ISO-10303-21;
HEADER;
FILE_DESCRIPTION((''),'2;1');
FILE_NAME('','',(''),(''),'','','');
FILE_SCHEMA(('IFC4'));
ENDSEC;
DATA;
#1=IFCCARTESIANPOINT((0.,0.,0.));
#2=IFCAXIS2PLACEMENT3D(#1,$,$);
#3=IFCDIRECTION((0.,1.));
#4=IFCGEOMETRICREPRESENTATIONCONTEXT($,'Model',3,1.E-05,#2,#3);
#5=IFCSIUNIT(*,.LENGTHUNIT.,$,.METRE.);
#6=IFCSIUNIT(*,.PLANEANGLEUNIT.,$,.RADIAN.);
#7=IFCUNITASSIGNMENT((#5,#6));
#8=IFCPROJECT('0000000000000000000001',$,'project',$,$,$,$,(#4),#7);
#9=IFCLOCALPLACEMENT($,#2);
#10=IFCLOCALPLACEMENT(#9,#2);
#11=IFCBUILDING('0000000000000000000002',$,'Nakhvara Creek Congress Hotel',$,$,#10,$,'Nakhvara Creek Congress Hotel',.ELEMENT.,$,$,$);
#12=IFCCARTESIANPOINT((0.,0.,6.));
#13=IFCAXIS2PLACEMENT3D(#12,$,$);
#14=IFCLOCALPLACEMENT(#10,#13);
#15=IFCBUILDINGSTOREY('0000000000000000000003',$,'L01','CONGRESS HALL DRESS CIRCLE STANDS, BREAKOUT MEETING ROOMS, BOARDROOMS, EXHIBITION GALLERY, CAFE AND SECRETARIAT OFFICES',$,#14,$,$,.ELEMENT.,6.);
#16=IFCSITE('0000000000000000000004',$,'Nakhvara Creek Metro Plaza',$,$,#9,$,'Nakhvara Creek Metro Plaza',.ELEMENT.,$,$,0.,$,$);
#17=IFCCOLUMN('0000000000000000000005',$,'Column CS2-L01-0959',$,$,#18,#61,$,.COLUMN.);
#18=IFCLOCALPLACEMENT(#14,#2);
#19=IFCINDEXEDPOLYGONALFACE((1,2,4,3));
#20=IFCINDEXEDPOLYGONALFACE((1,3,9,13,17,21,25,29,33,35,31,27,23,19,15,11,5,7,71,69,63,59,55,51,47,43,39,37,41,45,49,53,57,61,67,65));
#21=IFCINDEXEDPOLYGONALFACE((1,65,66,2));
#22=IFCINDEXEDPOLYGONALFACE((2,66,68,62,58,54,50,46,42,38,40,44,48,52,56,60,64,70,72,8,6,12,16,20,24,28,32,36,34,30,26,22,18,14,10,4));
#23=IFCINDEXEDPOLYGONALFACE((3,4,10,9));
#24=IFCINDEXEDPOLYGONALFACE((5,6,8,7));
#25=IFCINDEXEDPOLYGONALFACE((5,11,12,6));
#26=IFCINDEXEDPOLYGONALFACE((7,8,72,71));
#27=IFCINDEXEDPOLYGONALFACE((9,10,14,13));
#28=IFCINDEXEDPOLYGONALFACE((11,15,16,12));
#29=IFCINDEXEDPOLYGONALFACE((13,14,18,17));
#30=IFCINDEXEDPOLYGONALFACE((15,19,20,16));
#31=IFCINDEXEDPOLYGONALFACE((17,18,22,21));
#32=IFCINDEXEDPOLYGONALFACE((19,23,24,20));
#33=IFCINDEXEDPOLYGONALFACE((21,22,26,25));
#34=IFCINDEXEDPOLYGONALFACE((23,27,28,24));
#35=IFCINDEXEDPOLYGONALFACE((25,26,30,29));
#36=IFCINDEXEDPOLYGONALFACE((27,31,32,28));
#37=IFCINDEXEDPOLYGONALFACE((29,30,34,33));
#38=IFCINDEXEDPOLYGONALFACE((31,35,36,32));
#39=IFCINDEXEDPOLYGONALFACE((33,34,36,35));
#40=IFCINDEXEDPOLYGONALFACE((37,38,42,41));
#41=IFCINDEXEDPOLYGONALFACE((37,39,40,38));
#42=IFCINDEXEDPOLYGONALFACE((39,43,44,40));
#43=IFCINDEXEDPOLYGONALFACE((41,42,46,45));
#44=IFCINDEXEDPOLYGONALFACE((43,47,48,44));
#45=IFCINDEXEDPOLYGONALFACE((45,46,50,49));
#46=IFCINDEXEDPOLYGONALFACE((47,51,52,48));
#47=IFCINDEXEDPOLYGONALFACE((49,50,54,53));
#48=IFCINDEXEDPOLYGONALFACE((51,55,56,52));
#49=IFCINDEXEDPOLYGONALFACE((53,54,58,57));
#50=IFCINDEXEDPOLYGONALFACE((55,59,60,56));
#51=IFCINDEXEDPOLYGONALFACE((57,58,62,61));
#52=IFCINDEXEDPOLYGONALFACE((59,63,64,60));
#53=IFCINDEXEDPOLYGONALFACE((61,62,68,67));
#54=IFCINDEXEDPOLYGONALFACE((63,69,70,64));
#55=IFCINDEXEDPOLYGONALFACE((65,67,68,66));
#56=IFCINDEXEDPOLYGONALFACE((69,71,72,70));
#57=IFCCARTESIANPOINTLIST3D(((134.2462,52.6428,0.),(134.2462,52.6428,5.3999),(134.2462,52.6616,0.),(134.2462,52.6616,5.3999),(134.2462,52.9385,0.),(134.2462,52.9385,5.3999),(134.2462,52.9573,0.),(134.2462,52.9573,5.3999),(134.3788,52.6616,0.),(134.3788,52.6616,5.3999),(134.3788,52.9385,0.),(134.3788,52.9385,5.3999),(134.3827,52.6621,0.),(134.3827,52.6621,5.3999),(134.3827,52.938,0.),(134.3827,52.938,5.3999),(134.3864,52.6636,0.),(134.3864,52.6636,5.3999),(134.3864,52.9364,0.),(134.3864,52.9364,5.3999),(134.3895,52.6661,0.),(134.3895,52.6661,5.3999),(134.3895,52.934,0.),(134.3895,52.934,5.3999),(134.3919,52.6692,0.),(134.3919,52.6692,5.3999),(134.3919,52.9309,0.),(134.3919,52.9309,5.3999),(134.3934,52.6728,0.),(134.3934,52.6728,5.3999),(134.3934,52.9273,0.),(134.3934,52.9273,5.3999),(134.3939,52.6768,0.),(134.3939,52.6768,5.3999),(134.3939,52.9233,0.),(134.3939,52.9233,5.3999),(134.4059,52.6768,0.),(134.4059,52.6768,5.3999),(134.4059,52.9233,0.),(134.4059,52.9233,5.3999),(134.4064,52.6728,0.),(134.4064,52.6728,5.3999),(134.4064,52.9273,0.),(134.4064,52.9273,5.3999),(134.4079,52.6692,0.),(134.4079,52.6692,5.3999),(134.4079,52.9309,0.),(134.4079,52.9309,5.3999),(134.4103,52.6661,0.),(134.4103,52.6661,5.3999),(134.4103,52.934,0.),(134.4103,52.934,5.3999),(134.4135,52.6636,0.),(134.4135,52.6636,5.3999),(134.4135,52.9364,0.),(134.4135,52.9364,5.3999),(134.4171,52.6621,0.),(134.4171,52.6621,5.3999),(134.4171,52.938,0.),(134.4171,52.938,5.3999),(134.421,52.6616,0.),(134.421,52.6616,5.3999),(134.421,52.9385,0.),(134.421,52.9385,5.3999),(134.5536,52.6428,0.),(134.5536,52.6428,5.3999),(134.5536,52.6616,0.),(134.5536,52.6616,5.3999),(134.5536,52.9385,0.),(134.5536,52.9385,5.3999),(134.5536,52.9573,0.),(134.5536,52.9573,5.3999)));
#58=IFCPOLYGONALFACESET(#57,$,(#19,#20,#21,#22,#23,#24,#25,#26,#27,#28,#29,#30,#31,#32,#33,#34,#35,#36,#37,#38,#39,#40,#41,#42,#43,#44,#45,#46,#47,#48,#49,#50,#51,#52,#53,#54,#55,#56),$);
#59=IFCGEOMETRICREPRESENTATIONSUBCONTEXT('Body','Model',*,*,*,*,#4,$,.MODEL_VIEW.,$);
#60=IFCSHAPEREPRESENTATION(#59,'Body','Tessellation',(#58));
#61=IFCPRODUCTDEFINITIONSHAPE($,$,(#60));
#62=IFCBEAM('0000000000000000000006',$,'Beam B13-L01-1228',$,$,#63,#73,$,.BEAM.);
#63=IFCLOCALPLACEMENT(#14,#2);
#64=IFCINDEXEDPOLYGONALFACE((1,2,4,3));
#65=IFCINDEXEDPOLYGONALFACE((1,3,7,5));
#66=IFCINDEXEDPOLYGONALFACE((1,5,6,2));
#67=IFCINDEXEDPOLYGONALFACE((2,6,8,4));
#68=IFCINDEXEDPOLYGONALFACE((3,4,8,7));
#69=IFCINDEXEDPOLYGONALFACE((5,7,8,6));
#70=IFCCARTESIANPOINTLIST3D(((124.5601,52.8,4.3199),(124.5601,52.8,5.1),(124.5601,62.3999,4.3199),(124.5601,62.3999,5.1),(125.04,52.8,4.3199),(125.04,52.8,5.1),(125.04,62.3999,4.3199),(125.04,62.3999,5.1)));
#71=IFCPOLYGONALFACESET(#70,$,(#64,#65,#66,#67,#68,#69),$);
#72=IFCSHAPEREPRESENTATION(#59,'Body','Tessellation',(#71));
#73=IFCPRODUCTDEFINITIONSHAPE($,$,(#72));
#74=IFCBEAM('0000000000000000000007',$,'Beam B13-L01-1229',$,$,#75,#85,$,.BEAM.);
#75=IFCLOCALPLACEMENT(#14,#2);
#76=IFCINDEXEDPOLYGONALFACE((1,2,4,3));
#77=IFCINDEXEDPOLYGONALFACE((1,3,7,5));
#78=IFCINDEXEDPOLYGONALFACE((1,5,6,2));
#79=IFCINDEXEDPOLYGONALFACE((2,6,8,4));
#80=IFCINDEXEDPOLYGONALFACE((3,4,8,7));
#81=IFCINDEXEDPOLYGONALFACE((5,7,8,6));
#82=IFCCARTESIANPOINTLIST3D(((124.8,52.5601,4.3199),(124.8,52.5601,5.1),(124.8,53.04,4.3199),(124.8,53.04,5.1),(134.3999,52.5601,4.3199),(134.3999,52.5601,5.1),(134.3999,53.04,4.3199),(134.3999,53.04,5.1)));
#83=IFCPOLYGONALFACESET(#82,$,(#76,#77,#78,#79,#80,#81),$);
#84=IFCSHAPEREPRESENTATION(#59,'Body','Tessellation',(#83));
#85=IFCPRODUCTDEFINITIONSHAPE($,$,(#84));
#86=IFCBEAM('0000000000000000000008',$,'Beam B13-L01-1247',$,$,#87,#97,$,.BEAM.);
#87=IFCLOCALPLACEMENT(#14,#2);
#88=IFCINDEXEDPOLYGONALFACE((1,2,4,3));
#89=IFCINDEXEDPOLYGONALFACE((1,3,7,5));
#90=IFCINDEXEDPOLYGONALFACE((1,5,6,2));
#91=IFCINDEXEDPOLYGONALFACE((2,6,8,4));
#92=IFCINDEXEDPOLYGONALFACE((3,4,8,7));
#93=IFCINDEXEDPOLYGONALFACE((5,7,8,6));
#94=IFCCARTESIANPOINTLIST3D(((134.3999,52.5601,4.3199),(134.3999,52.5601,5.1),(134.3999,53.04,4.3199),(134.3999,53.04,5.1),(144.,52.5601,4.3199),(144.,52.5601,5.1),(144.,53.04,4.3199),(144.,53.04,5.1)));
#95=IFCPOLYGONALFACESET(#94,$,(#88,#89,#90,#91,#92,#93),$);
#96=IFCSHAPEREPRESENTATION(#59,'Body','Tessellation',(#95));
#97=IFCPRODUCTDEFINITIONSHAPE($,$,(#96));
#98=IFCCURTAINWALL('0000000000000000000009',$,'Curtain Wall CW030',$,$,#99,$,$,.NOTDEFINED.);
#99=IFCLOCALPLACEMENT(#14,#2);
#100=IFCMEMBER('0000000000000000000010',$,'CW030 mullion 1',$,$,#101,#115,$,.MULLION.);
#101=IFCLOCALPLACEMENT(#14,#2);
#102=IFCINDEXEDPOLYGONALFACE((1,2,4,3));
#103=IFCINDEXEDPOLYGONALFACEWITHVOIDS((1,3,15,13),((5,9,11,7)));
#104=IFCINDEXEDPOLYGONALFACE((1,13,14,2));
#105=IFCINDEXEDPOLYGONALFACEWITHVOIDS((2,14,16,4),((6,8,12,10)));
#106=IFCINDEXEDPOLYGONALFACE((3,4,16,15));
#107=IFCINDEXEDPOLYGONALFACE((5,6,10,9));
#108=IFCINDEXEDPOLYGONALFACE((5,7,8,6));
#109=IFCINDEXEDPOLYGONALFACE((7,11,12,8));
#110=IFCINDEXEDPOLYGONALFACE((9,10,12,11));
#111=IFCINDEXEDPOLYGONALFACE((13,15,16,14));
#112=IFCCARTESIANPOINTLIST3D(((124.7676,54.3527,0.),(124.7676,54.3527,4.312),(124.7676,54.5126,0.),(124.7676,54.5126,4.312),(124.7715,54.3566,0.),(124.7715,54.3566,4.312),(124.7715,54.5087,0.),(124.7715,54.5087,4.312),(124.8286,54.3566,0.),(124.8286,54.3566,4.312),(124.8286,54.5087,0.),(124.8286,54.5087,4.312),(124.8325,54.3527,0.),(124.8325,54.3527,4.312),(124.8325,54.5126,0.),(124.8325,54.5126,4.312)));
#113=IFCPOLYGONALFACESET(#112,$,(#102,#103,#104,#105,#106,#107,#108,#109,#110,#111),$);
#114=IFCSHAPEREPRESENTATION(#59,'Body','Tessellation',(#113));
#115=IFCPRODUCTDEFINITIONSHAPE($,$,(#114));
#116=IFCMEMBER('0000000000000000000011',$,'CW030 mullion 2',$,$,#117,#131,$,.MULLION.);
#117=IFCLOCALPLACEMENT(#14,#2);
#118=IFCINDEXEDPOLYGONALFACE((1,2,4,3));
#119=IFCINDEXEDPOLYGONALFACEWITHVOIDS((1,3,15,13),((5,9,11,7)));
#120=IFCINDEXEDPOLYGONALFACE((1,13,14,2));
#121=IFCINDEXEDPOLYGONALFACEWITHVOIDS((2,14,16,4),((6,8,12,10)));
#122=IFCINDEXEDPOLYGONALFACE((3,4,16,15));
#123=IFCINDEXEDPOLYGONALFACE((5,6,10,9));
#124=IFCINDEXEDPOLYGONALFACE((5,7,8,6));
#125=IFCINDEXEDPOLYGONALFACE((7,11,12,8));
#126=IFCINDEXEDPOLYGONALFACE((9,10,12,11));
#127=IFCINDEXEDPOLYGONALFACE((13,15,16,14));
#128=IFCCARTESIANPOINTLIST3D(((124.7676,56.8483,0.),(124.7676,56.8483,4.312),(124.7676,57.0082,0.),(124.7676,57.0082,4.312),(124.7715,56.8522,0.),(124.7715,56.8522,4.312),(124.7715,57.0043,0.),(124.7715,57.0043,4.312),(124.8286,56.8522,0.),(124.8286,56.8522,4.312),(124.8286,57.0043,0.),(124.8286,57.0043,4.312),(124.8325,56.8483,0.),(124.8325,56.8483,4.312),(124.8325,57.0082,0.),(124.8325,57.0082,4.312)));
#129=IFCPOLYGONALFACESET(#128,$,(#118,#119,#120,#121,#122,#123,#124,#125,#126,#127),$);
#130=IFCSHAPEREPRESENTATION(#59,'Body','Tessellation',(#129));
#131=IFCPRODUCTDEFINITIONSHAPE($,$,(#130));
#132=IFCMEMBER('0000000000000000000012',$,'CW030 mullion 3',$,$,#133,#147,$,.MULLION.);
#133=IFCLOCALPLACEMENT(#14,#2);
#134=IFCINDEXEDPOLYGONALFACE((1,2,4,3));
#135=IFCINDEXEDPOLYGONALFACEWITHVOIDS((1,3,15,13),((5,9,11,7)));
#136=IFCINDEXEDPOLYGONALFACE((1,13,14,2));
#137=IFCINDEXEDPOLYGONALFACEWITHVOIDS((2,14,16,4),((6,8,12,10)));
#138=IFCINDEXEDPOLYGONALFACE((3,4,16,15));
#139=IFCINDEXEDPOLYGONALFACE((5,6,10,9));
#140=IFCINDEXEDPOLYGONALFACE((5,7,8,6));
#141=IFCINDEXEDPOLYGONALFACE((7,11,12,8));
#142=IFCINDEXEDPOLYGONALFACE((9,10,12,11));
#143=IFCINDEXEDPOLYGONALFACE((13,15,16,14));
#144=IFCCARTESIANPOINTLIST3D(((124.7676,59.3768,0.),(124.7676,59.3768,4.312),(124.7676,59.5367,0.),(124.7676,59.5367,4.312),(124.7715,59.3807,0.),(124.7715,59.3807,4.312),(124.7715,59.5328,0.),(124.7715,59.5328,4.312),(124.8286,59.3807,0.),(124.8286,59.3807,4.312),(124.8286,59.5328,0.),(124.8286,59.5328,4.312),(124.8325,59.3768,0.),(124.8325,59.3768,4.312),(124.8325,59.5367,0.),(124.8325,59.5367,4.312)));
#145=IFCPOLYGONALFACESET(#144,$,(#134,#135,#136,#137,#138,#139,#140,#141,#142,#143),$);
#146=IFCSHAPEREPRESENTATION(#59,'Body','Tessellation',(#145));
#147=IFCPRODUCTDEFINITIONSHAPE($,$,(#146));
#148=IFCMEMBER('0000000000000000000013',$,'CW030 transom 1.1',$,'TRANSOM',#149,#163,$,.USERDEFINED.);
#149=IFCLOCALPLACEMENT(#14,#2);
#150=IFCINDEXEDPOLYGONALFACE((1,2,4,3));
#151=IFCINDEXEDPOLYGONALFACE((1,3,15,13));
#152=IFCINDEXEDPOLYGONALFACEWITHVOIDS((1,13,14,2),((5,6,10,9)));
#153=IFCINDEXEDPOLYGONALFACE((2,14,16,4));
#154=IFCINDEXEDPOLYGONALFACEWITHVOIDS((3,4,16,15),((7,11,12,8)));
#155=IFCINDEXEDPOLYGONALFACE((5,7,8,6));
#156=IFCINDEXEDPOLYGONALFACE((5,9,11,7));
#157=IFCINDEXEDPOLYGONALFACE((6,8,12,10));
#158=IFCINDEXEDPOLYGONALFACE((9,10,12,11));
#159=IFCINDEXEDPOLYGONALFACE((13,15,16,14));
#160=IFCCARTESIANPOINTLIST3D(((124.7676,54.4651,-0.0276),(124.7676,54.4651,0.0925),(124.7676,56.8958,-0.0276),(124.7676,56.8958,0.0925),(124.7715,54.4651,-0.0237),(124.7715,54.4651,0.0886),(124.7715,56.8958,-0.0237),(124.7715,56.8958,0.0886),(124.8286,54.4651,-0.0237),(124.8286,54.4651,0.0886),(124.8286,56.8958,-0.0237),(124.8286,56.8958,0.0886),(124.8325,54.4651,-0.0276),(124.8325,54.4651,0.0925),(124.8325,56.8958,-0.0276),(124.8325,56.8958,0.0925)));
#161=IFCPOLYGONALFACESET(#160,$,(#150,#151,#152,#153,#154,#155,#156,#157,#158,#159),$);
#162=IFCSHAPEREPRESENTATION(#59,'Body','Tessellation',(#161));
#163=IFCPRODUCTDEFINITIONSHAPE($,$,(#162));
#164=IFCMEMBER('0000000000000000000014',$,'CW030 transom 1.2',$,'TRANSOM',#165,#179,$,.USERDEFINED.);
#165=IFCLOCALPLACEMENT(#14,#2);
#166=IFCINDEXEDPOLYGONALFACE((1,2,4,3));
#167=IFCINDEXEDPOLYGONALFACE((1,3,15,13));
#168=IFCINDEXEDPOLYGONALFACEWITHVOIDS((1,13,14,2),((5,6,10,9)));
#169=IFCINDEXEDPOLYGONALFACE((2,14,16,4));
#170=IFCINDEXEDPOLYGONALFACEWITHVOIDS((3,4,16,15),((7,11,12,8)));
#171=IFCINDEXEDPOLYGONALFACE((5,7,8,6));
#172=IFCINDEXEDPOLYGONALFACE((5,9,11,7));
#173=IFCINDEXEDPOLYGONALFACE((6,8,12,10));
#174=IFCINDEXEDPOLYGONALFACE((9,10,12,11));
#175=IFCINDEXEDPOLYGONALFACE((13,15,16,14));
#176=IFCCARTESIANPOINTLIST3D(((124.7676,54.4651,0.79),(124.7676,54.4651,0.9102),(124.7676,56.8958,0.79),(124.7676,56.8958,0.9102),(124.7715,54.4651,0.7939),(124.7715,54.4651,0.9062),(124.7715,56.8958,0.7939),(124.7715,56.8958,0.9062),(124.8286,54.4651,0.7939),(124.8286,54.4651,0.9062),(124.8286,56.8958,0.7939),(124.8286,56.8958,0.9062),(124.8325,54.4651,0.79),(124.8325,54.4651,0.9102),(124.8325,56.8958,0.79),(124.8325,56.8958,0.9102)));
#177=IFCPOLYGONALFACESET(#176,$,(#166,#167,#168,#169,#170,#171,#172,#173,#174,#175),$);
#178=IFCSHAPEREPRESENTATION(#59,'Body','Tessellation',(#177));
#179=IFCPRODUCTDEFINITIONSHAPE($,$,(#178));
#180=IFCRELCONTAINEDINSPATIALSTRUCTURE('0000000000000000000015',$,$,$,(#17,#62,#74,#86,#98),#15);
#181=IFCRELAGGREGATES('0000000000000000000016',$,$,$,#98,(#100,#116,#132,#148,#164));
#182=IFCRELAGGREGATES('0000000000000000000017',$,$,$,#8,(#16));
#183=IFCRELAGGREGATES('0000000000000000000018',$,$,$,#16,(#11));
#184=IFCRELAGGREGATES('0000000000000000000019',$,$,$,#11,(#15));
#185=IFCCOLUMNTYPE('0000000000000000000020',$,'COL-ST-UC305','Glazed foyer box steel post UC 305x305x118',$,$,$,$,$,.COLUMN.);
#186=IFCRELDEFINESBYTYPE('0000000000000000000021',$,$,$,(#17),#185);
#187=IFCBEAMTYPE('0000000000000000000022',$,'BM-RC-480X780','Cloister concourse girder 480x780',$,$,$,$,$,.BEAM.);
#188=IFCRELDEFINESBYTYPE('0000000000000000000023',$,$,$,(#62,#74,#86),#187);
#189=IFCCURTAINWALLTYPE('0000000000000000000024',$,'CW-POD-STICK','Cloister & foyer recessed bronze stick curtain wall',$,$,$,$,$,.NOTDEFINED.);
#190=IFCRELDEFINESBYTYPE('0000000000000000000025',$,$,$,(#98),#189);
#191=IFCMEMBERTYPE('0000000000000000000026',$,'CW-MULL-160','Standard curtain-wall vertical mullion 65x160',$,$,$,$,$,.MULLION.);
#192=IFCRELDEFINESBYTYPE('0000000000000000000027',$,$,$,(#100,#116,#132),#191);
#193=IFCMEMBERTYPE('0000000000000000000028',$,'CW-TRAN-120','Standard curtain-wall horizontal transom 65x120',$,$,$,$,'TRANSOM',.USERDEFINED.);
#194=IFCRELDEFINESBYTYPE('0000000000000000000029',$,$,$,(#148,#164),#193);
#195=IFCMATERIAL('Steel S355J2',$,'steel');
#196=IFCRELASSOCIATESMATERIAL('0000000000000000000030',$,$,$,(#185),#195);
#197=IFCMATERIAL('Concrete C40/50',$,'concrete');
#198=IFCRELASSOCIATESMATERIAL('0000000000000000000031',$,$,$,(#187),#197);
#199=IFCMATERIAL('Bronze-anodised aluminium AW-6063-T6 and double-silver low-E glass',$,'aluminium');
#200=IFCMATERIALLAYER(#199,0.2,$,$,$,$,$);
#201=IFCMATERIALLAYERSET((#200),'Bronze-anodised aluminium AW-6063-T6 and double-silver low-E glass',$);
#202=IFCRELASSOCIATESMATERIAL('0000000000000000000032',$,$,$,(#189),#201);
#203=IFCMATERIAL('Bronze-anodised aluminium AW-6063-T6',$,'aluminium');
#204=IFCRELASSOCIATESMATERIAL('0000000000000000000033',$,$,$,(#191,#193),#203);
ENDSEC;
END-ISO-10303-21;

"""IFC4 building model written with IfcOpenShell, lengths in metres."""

from ifc_helpers import new_model, si_unit, direction, frame, origin, origin_2d, place, context, subcontext, project, spatial, rectangle, hollow_rectangle, i_section, extrude, material, layer, layer_set, material_profile, profile_set, type_object, element, aggregate, save


model = new_model("IFC4")

# Units and contexts
model_context = context("Model", 3, precision=1e-05, world=origin(), true_north=direction((0.0, 1.0)))
body_context = subcontext(model_context, "Body", "Model", "MODEL_VIEW")
ifc_project = project(units=[si_unit("LENGTHUNIT", "METRE"), si_unit("PLANEANGLEUNIT", "RADIAN")], contexts=[model_context])

# Site, building, storey
site_placement = place(None, origin())
site = spatial("IfcSite", under=ifc_project, at=site_placement, Name="Nakhvara Creek Metro Plaza", LongName="Nakhvara Creek Metro Plaza", CompositionType="ELEMENT", RefElevation=0.0)
building_placement = place(site_placement, origin())
building = spatial("IfcBuilding", under=site, at=building_placement, Name="Nakhvara Creek Congress Hotel", LongName="Nakhvara Creek Congress Hotel", CompositionType="ELEMENT")
storey_placement = place(building_placement, frame((0.0, 0.0, 6.0)))
storey = spatial("IfcBuildingStorey", under=building, at=storey_placement, Name="L01", Description="CONGRESS HALL DRESS CIRCLE STANDS, BREAKOUT MEETING ROOMS, BOARDROOMS, EXHIBITION GALLERY, CAFE AND SECRETARIAT OFFICES", CompositionType="ELEMENT", Elevation=6.0)

# Column
ifc_material_1 = material(Name="Steel S355J2", Category="steel")
ifc_material_profile_1 = material_profile(ifc_material_1, i_section(OverallWidth=0.3074, OverallDepth=0.3145, WebThickness=0.012, FlangeThickness=0.0188, FilletRadius=0.0151, at=origin_2d()), Name="UC 305x305x118", Category="LoadBearing")
ifc_profile_set_1 = profile_set([ifc_material_profile_1], Name="Steel S355J2")
column_type = type_object("IfcColumnType", Name="COL-ST-UC305", Description="Glazed foyer box steel post UC 305x305x118", PredefinedType="COLUMN", material=ifc_profile_set_1)
column_placement = place(storey_placement, frame((134.3999, 52.8, 0.0), z_axis=(0.0, 0.0, 1.0), x_axis=(1.0, 0.0, 0.0)))
element("IfcColumn", 1, at=column_placement, inside=storey, type_object=column_type, Name="Column CS2-L01-0959", PredefinedType="COLUMN", context=body_context, shape_type="SweptSolid", body=[
    extrude(i_section(OverallWidth=0.3074, OverallDepth=0.3145, WebThickness=0.012, FlangeThickness=0.0188, FilletRadius=0.0151, at=origin_2d()), origin(), (0.0, 0.0, 1.0), 5.3999),
])

# Beams
ifc_material_2 = material(Name="Concrete C40/50", Category="concrete")
ifc_material_profile_2 = material_profile(ifc_material_2, rectangle(XDim=0.48, YDim=0.78, at=origin_2d()), Name="RC-BM 480x780", Category="LoadBearing")
ifc_profile_set_2 = profile_set([ifc_material_profile_2], Name="Concrete C40/50")
beam_type = type_object("IfcBeamType", Name="BM-RC-480X780", Description="Cloister concourse girder 480x780", PredefinedType="BEAM", material=ifc_profile_set_2)
for number, where, z_axis, x_axis, name in (
    (2, (124.8, 52.8, 4.71), (0.0, 1.0, 0.0), (-1.0, 0.0, 0.0), "Beam B13-L01-1228"),
    (3, (124.8, 52.8, 4.71), (1.0, 0.0, 0.0), (0.0, 1.0, 0.0), "Beam B13-L01-1229"),
):
    element("IfcBeam", number, at=place(storey_placement, frame(where, z_axis=z_axis, x_axis=x_axis)), inside=storey, type_object=beam_type, Name=name, PredefinedType="BEAM", context=body_context, shape_type="SweptSolid", body=[
        extrude(rectangle(XDim=0.48, YDim=0.78, at=origin_2d()), origin(), (0.0, 0.0, 1.0), 9.5999),
    ])
beam_placement = place(storey_placement, frame((134.3999, 52.8, 4.71), z_axis=(1.0, 0.0, 0.0), x_axis=(0.0, 1.0, 0.0)))
element("IfcBeam", 4, at=beam_placement, inside=storey, type_object=beam_type, Name="Beam B13-L01-1247", PredefinedType="BEAM", context=body_context, shape_type="SweptSolid", body=[
    extrude(rectangle(XDim=0.48, YDim=0.78, at=origin_2d()), origin(), (0.0, 0.0, 1.0), 9.6001),
])

# Curtain wall, members
ifc_material_3 = material(Name="Bronze-anodised aluminium AW-6063-T6 and double-silver low-E glass", Category="aluminium")
ifc_layer = layer(ifc_material_3, 0.2)
ifc_layer_set = layer_set([ifc_layer], Name="Bronze-anodised aluminium AW-6063-T6 and double-silver low-E glass")
curtain_wall_type = type_object("IfcCurtainWallType", Name="CW-POD-STICK", Description="Cloister & foyer recessed bronze stick curtain wall", PredefinedType="NOTDEFINED", material=ifc_layer_set)
curtain_wall_placement = place(storey_placement, origin())
curtain_wall = element("IfcCurtainWall", 5, at=curtain_wall_placement, inside=storey, type_object=curtain_wall_type, Name="Curtain Wall CW030", PredefinedType="NOTDEFINED")
ifc_material_4 = material(Name="Bronze-anodised aluminium AW-6063-T6", Category="aluminium")
ifc_material_profile_3 = material_profile(ifc_material_4, hollow_rectangle(XDim=0.0649, YDim=0.1599, WallThickness=0.0039, at=origin_2d()), Name="ALU-MULL 65x160x4", Category="LoadBearing")
ifc_profile_set_3 = profile_set([ifc_material_profile_3], Name="Bronze-anodised aluminium AW-6063-T6")
member_type_1 = type_object("IfcMemberType", Name="CW-MULL-160", Description="Standard curtain-wall vertical mullion 65x160", PredefinedType="MULLION", material=ifc_profile_set_3)
member_1_placement = place(storey_placement, frame((124.8, 54.4326, 0.0), z_axis=(0.0, 0.0, 1.0), x_axis=(-1.0, 0.0, 0.0)))
member_1 = element("IfcMember", 6, at=member_1_placement, type_object=member_type_1, Name="CW030 mullion 1", PredefinedType="MULLION", context=body_context, shape_type="SweptSolid", body=[
    extrude(hollow_rectangle(XDim=0.0649, YDim=0.1599, WallThickness=0.0039, at=origin_2d()), origin(), (0.0, 0.0, 1.0), 4.312),
])
member_2_placement = place(storey_placement, frame((124.8, 56.9282, 0.0), z_axis=(0.0, 0.0, 1.0), x_axis=(-1.0, 0.0, 0.0)))
member_2 = element("IfcMember", 7, at=member_2_placement, type_object=member_type_1, Name="CW030 mullion 2", PredefinedType="MULLION", context=body_context, shape_type="SweptSolid", body=[
    extrude(hollow_rectangle(XDim=0.0649, YDim=0.1599, WallThickness=0.0039, at=origin_2d()), origin(), (0.0, 0.0, 1.0), 4.312),
])
member_3_placement = place(storey_placement, frame((124.8, 59.4568, 0.0), z_axis=(0.0, 0.0, 1.0), x_axis=(-1.0, 0.0, 0.0)))
member_3 = element("IfcMember", 8, at=member_3_placement, type_object=member_type_1, Name="CW030 mullion 3", PredefinedType="MULLION", context=body_context, shape_type="SweptSolid", body=[
    extrude(hollow_rectangle(XDim=0.0649, YDim=0.1599, WallThickness=0.0039, at=origin_2d()), origin(), (0.0, 0.0, 1.0), 4.312),
])
ifc_material_profile_4 = material_profile(ifc_material_4, hollow_rectangle(XDim=0.0649, YDim=0.1201, WallThickness=0.0039, at=origin_2d()), Name="ALU-TRAN 65x120x4", Category="LoadBearing")
ifc_profile_set_4 = profile_set([ifc_material_profile_4], Name="Bronze-anodised aluminium AW-6063-T6")
member_type_2 = type_object("IfcMemberType", Name="CW-TRAN-120", Description="Standard curtain-wall horizontal transom 65x120", ElementType="TRANSOM", PredefinedType="USERDEFINED", material=ifc_profile_set_4)
member_4_placement = place(storey_placement, frame((124.8, 54.4651, 0.0325), z_axis=(0.0, 1.0, 0.0), x_axis=(-1.0, 0.0, 0.0)))
member_4 = element("IfcMember", 9, at=member_4_placement, type_object=member_type_2, Name="CW030 transom 1.1", ObjectType="TRANSOM", PredefinedType="USERDEFINED", context=body_context, shape_type="SweptSolid", body=[
    extrude(hollow_rectangle(XDim=0.0649, YDim=0.1201, WallThickness=0.0039, at=origin_2d()), origin(), (0.0, 0.0, 1.0), 2.4307),
])
member_5_placement = place(storey_placement, frame((124.8, 54.4651, 0.8501), z_axis=(0.0, 1.0, 0.0), x_axis=(-1.0, 0.0, 0.0)))
member_5 = element("IfcMember", 10, at=member_5_placement, type_object=member_type_2, Name="CW030 transom 1.2", ObjectType="TRANSOM", PredefinedType="USERDEFINED", context=body_context, shape_type="SweptSolid", body=[
    extrude(hollow_rectangle(XDim=0.0649, YDim=0.1201, WallThickness=0.0039, at=origin_2d()), origin(), (0.0, 0.0, 1.0), 2.4307),
])
aggregate(curtain_wall, [member_1, member_2, member_3, member_4, member_5])

save(model, "model.ifc")
